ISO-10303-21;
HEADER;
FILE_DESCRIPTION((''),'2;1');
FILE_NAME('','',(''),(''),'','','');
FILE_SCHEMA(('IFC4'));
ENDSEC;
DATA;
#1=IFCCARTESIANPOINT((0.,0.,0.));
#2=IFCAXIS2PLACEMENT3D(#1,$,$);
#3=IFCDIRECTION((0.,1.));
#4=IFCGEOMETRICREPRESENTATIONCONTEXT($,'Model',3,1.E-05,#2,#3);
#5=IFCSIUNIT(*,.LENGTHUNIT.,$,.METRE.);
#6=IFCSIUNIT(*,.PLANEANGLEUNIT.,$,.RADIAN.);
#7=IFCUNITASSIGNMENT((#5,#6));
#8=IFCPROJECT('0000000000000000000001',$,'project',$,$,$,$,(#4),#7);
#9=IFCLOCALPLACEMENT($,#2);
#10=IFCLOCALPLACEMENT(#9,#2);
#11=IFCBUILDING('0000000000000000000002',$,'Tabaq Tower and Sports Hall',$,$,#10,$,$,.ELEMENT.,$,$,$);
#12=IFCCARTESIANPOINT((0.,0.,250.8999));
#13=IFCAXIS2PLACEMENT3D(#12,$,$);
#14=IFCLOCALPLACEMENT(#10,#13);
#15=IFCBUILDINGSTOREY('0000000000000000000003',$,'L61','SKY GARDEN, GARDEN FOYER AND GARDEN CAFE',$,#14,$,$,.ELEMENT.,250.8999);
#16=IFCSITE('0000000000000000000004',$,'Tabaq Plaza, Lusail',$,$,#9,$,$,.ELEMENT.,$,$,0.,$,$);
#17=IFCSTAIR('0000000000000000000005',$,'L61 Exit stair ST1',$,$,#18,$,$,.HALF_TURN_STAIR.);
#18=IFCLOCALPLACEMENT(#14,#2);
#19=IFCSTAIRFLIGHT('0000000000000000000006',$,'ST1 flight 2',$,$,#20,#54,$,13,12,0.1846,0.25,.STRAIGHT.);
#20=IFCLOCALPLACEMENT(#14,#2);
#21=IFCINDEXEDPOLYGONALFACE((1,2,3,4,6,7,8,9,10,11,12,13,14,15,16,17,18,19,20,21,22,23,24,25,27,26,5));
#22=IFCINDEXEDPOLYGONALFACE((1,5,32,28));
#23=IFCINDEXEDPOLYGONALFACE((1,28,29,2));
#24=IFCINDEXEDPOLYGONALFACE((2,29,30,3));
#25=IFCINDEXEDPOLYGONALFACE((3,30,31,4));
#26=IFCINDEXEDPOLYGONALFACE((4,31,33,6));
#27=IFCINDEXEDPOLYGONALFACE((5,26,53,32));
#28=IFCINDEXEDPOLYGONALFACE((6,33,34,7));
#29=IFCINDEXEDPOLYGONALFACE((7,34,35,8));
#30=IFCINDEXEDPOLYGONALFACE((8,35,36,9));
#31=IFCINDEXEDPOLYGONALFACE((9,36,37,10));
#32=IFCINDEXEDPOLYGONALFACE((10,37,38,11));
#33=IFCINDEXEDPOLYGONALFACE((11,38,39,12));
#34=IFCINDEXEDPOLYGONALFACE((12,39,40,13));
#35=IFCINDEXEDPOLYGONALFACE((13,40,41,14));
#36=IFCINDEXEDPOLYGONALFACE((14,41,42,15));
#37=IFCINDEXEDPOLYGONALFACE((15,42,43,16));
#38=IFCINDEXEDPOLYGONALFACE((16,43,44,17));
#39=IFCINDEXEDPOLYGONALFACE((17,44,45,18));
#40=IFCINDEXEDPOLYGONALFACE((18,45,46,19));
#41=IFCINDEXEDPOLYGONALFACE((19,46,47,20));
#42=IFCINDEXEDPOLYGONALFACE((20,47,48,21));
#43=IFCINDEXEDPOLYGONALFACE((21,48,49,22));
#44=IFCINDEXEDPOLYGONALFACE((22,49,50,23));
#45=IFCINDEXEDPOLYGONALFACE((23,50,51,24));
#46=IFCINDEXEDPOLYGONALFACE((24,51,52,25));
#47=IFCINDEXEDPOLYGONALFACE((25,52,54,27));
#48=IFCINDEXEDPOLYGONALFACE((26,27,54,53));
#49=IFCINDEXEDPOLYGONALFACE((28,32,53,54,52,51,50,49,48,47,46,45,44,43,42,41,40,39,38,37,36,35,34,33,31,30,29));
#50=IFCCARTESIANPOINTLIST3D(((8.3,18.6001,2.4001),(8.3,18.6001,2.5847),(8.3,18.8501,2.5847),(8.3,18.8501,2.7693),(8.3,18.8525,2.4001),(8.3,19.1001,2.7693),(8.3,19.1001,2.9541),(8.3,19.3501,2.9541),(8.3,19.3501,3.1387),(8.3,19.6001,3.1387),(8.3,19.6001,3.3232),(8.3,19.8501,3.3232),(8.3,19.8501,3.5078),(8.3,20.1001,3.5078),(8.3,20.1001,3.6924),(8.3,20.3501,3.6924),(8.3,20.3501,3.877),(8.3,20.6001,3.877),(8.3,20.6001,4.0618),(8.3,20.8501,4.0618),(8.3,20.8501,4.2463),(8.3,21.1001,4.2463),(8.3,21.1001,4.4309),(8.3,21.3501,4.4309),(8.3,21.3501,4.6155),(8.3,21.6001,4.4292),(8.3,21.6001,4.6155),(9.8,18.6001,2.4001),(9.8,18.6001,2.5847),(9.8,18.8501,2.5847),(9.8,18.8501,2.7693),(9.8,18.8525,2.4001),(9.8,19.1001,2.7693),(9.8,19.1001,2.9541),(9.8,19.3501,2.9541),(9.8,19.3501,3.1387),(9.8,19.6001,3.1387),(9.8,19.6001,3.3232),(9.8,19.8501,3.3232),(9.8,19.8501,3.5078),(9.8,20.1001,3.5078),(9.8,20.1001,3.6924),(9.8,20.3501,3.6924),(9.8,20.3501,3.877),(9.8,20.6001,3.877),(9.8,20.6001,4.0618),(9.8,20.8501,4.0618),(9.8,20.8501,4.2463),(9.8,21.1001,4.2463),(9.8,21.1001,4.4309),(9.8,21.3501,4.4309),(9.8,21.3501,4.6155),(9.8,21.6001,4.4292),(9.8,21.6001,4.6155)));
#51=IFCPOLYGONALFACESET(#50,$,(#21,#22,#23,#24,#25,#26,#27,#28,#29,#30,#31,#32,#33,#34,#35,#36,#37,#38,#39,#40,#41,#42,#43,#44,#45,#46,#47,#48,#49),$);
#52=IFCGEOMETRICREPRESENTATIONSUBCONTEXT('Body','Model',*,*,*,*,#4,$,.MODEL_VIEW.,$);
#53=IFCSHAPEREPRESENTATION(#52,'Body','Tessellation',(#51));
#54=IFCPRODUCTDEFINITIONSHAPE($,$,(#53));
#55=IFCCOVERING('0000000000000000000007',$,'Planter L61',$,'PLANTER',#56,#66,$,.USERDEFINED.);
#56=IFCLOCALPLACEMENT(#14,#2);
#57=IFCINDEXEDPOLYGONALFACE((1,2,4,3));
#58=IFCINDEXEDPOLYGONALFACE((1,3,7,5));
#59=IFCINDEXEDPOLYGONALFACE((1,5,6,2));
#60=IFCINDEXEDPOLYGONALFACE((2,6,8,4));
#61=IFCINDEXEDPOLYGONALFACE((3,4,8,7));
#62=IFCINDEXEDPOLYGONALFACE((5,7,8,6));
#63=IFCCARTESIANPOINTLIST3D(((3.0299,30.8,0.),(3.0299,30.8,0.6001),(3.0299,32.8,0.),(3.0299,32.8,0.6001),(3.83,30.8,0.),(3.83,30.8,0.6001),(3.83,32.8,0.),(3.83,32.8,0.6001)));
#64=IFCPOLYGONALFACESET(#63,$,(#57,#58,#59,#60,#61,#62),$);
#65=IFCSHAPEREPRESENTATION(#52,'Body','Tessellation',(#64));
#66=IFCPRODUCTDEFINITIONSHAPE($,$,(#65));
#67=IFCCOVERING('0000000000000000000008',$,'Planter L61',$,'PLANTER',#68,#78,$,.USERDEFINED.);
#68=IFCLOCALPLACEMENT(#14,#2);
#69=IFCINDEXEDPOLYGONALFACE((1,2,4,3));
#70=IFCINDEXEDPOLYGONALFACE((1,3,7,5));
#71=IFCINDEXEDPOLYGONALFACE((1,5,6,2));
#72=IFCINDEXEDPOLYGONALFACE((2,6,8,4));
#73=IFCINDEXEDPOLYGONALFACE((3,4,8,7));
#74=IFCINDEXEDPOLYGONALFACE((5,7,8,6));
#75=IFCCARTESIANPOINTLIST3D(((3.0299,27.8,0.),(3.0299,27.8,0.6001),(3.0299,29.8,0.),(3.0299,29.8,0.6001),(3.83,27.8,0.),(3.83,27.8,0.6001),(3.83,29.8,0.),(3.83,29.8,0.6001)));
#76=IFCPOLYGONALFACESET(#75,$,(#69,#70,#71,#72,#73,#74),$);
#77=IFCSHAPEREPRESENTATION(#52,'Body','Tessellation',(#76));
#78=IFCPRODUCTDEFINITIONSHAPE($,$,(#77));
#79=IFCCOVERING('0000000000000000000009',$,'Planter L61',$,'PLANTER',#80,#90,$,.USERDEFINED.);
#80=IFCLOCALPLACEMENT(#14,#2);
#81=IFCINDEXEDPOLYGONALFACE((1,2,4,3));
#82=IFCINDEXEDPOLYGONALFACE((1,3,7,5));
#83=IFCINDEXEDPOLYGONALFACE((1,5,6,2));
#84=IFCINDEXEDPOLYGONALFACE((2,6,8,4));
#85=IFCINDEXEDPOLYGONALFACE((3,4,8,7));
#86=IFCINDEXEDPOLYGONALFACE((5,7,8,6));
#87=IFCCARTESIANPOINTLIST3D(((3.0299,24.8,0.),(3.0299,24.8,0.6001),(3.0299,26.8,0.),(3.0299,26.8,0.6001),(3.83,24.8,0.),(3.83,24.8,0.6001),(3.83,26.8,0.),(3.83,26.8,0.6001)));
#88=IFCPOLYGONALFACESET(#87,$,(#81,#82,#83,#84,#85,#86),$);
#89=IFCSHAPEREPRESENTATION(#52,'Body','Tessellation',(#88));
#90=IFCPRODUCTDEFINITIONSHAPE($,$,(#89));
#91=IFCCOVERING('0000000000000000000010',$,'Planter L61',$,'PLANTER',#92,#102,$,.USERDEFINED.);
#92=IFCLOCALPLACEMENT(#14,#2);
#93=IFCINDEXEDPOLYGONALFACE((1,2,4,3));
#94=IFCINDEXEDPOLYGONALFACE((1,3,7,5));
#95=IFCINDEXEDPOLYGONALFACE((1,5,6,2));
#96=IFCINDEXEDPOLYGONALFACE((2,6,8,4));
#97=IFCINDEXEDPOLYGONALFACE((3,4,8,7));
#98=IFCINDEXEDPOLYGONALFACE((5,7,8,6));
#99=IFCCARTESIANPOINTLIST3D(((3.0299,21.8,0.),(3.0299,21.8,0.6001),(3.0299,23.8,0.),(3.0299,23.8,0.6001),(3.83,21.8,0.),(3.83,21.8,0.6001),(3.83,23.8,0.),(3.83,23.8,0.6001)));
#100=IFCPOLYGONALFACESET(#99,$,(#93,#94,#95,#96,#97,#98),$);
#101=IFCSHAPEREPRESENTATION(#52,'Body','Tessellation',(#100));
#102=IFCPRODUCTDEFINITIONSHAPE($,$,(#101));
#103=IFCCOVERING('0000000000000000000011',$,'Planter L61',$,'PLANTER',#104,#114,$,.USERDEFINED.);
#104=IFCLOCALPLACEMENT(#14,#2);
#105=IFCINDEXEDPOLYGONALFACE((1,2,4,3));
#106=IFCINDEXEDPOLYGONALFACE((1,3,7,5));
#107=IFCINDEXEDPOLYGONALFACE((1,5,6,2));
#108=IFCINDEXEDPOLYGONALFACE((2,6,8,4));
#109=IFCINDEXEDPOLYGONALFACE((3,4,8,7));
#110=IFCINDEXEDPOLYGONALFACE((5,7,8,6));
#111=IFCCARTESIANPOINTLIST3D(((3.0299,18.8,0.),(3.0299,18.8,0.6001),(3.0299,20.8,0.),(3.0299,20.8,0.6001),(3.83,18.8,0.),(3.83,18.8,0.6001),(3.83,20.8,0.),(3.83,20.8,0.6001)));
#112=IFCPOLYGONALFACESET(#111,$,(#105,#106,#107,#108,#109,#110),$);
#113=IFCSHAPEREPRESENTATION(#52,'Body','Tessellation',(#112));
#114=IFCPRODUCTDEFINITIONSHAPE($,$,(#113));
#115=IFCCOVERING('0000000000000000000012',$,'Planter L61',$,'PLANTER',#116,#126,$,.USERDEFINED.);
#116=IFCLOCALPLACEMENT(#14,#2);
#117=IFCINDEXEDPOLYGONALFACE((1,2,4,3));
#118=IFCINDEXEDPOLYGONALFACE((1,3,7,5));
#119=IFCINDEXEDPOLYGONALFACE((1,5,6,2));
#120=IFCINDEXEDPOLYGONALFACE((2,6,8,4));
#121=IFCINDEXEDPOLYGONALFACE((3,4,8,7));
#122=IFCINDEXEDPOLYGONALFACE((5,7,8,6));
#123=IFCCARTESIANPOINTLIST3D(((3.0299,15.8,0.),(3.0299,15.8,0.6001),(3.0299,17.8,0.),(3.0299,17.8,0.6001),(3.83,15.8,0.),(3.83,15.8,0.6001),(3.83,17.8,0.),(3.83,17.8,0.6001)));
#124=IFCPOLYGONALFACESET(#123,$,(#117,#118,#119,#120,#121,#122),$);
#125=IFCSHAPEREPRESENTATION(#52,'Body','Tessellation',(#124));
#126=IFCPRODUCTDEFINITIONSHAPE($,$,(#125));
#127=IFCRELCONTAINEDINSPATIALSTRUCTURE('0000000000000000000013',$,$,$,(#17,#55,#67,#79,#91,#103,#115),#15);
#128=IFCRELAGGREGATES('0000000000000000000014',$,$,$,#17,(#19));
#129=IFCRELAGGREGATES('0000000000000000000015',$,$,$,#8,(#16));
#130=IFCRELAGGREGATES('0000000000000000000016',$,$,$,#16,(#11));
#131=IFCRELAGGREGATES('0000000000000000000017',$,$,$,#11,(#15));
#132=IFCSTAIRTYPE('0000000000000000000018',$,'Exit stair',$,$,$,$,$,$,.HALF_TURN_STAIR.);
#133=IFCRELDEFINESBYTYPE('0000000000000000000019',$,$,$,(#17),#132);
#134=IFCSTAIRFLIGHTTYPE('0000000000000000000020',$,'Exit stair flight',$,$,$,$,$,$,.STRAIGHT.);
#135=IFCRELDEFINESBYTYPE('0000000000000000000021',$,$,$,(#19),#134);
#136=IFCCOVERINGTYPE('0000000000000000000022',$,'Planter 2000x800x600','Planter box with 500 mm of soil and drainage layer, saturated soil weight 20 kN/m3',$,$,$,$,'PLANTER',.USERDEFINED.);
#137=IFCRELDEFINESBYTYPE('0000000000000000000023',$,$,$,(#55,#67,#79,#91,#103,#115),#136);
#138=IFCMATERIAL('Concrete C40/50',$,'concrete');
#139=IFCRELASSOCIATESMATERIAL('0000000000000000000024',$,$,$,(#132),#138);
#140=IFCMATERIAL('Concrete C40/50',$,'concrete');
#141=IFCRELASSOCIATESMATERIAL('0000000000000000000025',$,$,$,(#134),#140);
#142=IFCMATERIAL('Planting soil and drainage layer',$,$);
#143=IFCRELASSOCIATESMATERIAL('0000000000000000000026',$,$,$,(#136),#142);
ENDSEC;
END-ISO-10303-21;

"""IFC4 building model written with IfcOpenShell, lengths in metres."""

from ifc_helpers import new_model, si_unit, direction, frame, origin, origin_2d, place, context, subcontext, project, spatial, polyline, rectangle, outline, extrude, material, type_object, element, aggregate, save


model = new_model("IFC4")

# Units and contexts
model_context = context("Model", 3, precision=1e-05, world=origin(), true_north=direction((0.0, 1.0)))
body_context = subcontext(model_context, "Body", "Model", "MODEL_VIEW")
ifc_project = project(units=[si_unit("LENGTHUNIT", "METRE"), si_unit("PLANEANGLEUNIT", "RADIAN")], contexts=[model_context])

# Site, building, storey
site_placement = place(None, origin())
site = spatial("IfcSite", under=ifc_project, at=site_placement, Name="Tabaq Plaza, Lusail", CompositionType="ELEMENT", RefElevation=0.0)
building_placement = place(site_placement, origin())
building = spatial("IfcBuilding", under=site, at=building_placement, Name="Tabaq Tower and Sports Hall", CompositionType="ELEMENT")
storey_placement = place(building_placement, frame((0.0, 0.0, 250.8999)))
storey = spatial("IfcBuildingStorey", under=building, at=storey_placement, Name="L61", Description="SKY GARDEN, GARDEN FOYER AND GARDEN CAFE", CompositionType="ELEMENT", Elevation=250.8999)

# Stair, stair flight
ifc_material_1 = material(Name="Concrete C40/50", Category="concrete")
stair_type = type_object("IfcStairType", Name="Exit stair", PredefinedType="HALF_TURN_STAIR", material=ifc_material_1)
stair_placement = place(storey_placement, origin())
stair = element("IfcStair", 1, at=stair_placement, inside=storey, type_object=stair_type, Name="L61 Exit stair ST1", PredefinedType="HALF_TURN_STAIR")
ifc_material_2 = material(Name="Concrete C40/50", Category="concrete")
stair_flight_type = type_object("IfcStairFlightType", Name="Exit stair flight", PredefinedType="STRAIGHT", material=ifc_material_2)
stair_flight_1_placement = place(storey_placement, frame((9.05, 18.6001, 2.4001), z_axis=(0.0, 0.0, 1.0), x_axis=(0.0, 1.0, 0.0)))
stair_flight_1 = element("IfcStairFlight", 2, at=stair_flight_1_placement, type_object=stair_flight_type, Name="ST1 flight 2", NumberOfRisers=13, NumberOfTreads=12, PredefinedType="STRAIGHT", RiserHeight=0.1846, TreadLength=0.25, context=body_context, shape_type="SweptSolid", body=[
    extrude(outline(polyline([(0.0, 0.0), (0.0, 0.1846), (0.25, 0.1846), (0.25, 0.3691), (0.5, 0.3691), (0.5, 0.554), (0.75, 0.554), (0.75, 0.7385), (1.0, 0.7385), (1.0, 0.9231), (1.25, 0.9231), (1.25, 1.1077), (1.5, 1.1077), (1.5, 1.2922), (1.75, 1.2922), (1.75, 1.4768), (2.0, 1.4768), (2.0, 1.6616), (2.25, 1.6616), (2.25, 1.8462), (2.5, 1.8462), (2.5, 2.0308), (2.75, 2.0308), (2.75, 2.2153), (3.0, 2.2153), (3.0, 2.3999), (3.0, 2.0291), (0.2524, 0.0), (0.0, 0.0)])), frame((0.0, 0.75, 0.0), z_axis=(0.0, -1.0, 0.0), x_axis=(1.0, 0.0, 0.0)), (0.0, 0.0, 1.0), 1.5),
])
aggregate(stair, [stair_flight_1])

# Coverings
ifc_material_3 = material(Name="Planting soil and drainage layer")
covering_type_1 = type_object("IfcCoveringType", Name="Planter 2000x800x600", Description="Planter box with 500 mm of soil and drainage layer, saturated soil weight 20 kN/m3", ElementType="PLANTER", PredefinedType="USERDEFINED", material=ifc_material_3)
for number, where, z_axis, x_axis, name in (
    (3, (3.4299, 31.8, 0.0), (0.0, 0.0, 1.0), (0.0, -1.0, 0.0), "Planter L61"),
    (4, (3.4299, 28.8, 0.0), (0.0, 0.0, 1.0), (0.0, -1.0, 0.0), "Planter L61"),
    (5, (3.4299, 25.8, 0.0), (0.0, 0.0, 1.0), (0.0, -1.0, 0.0), "Planter L61"),
    (6, (3.4299, 22.8, 0.0), (0.0, 0.0, 1.0), (0.0, -1.0, 0.0), "Planter L61"),
    (7, (3.4299, 19.8, 0.0), (0.0, 0.0, 1.0), (0.0, -1.0, 0.0), "Planter L61"),
    (8, (3.4299, 16.8, 0.0), (0.0, 0.0, 1.0), (0.0, -1.0, 0.0), "Planter L61"),
):
    element("IfcCovering", number, at=place(storey_placement, frame(where, z_axis=z_axis, x_axis=x_axis)), inside=storey, type_object=covering_type_1, Name=name, ObjectType="PLANTER", PredefinedType="USERDEFINED", context=body_context, shape_type="SweptSolid", body=[
        extrude(rectangle(XDim=2.0, YDim=0.8, at=origin_2d()), origin(), (0.0, 0.0, 1.0), 0.6001),
    ])

save(model, "model.ifc")
